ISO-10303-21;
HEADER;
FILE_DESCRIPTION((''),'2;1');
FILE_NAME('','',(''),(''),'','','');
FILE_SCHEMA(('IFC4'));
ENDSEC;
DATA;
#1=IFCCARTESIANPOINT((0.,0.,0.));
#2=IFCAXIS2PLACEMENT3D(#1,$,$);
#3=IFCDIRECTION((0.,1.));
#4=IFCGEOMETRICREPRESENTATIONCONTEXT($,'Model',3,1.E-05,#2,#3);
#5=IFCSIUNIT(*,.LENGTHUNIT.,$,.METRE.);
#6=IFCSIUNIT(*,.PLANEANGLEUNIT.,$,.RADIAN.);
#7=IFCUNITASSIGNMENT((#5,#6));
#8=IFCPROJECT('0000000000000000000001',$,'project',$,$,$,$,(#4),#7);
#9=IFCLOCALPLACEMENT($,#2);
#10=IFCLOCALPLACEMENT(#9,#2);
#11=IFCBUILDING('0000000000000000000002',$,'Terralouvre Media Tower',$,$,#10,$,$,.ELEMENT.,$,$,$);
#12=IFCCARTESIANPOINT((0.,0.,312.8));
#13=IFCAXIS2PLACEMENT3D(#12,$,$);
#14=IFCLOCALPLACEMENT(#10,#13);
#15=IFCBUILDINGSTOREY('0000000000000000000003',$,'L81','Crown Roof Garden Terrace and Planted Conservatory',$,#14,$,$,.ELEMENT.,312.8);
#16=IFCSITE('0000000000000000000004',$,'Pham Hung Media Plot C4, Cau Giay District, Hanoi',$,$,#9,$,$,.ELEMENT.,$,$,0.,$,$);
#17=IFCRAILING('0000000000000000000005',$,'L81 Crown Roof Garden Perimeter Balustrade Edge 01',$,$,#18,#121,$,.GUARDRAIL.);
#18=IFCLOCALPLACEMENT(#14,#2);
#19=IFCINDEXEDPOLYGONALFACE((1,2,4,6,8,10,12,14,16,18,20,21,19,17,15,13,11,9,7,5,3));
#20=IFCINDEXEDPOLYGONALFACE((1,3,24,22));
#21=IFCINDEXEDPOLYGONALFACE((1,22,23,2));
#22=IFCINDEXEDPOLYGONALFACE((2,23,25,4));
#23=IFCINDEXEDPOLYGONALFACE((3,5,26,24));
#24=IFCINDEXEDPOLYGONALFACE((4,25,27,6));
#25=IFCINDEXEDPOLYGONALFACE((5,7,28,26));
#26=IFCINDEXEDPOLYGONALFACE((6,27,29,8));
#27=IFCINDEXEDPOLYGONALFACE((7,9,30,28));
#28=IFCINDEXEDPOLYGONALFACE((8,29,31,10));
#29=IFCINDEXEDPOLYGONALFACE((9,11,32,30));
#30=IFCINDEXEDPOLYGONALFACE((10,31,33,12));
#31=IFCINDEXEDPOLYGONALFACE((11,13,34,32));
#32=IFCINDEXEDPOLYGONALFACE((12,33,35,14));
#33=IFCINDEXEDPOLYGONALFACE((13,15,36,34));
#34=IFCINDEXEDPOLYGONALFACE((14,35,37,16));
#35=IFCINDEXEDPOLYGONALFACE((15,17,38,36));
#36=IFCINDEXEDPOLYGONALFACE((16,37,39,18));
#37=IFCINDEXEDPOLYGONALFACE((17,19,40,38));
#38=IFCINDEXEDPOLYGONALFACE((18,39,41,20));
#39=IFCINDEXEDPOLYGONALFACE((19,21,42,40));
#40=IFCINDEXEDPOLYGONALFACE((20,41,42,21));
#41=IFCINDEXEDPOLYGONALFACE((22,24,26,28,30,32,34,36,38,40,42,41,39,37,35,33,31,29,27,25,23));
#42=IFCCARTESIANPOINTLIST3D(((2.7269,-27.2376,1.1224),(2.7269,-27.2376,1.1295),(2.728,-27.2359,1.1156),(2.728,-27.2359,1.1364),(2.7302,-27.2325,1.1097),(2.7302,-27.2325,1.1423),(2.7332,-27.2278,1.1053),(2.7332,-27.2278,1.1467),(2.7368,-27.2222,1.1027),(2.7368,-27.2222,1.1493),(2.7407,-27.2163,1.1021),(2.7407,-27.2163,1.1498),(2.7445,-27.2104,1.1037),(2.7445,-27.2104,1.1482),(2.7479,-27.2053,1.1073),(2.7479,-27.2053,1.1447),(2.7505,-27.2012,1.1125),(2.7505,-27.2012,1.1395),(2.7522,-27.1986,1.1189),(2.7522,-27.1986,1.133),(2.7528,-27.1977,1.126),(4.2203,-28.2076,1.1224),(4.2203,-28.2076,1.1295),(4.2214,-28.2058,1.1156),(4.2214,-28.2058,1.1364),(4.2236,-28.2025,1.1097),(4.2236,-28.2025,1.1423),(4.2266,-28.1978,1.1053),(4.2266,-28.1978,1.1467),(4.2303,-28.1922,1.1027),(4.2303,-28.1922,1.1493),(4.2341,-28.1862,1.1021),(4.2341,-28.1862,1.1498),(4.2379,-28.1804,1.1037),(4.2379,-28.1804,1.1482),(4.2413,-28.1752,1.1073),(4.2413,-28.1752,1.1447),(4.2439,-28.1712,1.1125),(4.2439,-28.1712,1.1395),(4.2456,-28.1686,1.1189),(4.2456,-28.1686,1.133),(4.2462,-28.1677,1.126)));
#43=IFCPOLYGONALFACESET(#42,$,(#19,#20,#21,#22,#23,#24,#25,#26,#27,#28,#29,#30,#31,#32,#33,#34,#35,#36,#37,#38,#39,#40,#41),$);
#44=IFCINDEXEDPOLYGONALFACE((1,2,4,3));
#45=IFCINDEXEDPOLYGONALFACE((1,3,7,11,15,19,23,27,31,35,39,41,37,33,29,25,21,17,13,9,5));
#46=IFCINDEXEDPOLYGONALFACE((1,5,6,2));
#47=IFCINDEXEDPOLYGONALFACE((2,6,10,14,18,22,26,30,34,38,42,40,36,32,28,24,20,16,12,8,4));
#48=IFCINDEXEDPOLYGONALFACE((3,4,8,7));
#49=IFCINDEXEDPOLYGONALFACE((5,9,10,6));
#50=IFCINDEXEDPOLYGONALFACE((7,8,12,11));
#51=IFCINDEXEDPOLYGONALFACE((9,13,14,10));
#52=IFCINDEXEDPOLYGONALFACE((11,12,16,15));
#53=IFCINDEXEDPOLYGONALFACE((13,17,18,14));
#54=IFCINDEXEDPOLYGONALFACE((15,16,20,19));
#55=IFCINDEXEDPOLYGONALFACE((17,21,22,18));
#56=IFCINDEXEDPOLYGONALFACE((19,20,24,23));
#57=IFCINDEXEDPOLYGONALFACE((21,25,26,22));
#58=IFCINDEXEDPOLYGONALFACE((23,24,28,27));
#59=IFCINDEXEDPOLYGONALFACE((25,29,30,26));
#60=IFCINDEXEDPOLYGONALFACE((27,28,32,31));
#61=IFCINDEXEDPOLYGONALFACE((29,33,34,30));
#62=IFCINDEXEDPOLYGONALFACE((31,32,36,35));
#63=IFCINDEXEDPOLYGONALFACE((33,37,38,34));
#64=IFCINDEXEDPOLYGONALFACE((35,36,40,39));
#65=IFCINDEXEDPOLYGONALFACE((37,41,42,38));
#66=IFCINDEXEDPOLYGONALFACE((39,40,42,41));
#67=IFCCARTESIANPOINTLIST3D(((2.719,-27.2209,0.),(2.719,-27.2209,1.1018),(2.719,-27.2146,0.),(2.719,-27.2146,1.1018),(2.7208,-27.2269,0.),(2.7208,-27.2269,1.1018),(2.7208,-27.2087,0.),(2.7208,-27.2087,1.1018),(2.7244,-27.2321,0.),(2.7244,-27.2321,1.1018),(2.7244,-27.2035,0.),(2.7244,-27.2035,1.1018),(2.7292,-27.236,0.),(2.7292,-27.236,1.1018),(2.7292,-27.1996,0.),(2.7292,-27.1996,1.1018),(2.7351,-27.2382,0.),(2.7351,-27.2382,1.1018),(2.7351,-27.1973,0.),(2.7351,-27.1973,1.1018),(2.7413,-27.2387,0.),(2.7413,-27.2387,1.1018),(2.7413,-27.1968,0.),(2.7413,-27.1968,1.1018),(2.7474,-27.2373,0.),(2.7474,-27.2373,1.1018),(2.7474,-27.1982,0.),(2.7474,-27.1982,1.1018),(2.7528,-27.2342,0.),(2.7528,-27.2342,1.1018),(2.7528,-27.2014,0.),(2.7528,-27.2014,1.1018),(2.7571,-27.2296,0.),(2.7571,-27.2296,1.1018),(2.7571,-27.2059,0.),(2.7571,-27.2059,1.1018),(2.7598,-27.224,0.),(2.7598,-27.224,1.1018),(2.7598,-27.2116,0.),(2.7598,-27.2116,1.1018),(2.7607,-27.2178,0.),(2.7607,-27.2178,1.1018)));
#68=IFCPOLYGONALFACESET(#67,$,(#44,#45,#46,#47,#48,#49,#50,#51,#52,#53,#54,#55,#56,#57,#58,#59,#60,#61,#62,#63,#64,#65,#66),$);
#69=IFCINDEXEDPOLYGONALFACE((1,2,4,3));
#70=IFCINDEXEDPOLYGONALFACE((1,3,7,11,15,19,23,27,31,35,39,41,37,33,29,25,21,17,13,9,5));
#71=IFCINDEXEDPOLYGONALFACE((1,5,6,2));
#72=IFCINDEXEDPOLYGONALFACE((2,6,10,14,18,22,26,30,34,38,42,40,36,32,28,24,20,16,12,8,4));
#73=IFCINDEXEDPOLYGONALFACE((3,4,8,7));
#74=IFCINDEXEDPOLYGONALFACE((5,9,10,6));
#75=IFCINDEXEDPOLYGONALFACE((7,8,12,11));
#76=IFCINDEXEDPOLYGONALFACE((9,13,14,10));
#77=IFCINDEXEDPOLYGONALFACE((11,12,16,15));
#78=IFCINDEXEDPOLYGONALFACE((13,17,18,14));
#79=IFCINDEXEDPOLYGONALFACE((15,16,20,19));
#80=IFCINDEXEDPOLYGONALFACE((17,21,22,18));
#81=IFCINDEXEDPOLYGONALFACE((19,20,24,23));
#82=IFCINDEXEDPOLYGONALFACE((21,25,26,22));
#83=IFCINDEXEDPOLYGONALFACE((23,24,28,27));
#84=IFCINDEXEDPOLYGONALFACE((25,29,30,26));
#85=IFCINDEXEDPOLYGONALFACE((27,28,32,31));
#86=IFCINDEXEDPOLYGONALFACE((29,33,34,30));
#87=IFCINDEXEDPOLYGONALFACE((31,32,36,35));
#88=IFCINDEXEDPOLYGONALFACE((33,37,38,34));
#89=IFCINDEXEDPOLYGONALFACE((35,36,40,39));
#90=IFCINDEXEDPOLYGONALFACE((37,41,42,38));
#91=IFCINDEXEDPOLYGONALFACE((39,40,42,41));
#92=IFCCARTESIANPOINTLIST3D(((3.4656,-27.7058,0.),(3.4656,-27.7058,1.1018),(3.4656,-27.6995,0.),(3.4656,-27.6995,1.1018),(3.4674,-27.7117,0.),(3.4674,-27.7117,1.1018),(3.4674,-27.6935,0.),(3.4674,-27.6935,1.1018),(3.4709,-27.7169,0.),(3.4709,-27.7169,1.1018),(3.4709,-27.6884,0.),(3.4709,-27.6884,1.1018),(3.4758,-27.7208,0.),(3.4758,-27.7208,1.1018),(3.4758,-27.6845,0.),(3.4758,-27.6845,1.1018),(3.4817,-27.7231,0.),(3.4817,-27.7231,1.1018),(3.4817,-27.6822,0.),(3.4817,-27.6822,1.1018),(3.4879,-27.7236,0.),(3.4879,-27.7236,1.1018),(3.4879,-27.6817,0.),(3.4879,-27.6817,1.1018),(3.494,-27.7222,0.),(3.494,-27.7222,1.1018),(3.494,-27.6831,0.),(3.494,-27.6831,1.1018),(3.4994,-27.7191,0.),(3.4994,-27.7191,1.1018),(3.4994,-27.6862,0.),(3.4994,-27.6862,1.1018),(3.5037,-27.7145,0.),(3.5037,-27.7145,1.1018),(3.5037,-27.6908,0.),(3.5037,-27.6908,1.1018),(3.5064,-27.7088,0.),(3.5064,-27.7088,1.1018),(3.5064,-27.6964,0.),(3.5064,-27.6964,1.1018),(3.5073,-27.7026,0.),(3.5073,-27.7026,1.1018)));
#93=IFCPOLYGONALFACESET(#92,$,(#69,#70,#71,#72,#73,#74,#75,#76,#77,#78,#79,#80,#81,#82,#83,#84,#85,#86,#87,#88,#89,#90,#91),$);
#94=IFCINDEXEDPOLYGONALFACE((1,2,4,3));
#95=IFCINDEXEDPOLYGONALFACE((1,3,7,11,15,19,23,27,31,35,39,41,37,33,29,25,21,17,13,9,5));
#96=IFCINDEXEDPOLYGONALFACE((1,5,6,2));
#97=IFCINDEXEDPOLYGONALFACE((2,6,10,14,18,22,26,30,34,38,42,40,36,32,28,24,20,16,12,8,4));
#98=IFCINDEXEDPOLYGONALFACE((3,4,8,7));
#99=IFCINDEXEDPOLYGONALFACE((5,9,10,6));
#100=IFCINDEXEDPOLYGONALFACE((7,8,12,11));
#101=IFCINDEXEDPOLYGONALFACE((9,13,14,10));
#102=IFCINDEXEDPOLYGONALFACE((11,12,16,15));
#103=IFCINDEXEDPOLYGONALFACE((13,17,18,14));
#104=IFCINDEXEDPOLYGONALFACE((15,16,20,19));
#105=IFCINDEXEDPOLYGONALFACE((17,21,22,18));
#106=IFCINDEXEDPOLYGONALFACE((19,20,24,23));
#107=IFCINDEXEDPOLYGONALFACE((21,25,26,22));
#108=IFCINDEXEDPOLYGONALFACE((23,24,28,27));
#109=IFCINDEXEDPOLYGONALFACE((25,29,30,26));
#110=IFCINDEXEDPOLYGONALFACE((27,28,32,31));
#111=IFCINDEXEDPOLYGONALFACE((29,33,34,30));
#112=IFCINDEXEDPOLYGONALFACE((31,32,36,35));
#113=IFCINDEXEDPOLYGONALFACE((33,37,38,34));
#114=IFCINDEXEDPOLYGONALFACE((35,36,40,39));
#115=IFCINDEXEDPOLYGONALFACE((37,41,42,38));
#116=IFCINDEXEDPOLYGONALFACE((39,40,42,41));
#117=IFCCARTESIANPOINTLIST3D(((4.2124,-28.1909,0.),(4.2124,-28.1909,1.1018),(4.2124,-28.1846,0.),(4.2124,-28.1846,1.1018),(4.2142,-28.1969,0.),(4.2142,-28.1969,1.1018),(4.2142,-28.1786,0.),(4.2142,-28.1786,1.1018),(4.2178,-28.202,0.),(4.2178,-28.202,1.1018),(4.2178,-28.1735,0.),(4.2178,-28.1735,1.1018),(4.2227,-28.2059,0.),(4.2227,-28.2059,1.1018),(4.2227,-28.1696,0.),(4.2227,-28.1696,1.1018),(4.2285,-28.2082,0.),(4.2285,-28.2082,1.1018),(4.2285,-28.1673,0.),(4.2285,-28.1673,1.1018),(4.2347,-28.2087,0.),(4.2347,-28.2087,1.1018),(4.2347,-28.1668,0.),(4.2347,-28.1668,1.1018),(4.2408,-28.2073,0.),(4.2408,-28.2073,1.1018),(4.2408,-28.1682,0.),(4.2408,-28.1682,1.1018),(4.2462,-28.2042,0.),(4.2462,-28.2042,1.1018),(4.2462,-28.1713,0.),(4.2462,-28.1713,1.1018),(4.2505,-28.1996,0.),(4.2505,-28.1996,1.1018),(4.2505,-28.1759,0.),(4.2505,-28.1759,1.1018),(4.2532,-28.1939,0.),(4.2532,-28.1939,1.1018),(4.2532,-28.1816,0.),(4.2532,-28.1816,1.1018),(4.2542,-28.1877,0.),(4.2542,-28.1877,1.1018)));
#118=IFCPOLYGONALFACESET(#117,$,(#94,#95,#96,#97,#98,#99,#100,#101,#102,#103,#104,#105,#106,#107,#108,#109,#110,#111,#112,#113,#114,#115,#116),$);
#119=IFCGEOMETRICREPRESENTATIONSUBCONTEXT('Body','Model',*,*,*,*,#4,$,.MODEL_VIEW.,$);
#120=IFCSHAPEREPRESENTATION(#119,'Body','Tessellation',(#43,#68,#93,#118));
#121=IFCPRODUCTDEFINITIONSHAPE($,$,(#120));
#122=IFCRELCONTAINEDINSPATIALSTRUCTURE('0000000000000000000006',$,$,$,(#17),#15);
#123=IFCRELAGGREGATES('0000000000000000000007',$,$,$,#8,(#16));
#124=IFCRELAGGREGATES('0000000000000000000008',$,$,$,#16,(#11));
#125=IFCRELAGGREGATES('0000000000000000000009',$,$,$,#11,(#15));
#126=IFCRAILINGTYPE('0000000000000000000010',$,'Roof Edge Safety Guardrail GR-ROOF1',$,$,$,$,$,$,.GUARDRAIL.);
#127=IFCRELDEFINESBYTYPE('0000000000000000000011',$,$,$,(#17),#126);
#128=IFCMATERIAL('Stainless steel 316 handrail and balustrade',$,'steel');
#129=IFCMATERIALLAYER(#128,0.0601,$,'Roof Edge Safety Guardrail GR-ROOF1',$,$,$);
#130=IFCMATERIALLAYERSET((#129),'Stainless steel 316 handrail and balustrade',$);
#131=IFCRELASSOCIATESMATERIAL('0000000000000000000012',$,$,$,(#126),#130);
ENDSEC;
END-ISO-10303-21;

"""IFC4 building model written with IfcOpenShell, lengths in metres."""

from ifc_helpers import new_model, si_unit, direction, frame, origin, origin_2d, place, context, subcontext, project, spatial, circle, extrude, material, layer, layer_set, type_object, element, save


model = new_model("IFC4")

# Units and contexts
model_context = context("Model", 3, precision=1e-05, world=origin(), true_north=direction((0.0, 1.0)))
body_context = subcontext(model_context, "Body", "Model", "MODEL_VIEW")
ifc_project = project(units=[si_unit("LENGTHUNIT", "METRE"), si_unit("PLANEANGLEUNIT", "RADIAN")], contexts=[model_context])

# Site, building, storey
site_placement = place(None, origin())
site = spatial("IfcSite", under=ifc_project, at=site_placement, Name="Pham Hung Media Plot C4, Cau Giay District, Hanoi", CompositionType="ELEMENT", RefElevation=0.0)
building_placement = place(site_placement, origin())
building = spatial("IfcBuilding", under=site, at=building_placement, Name="Terralouvre Media Tower", CompositionType="ELEMENT")
storey_placement = place(building_placement, frame((0.0, 0.0, 312.8)))
storey = spatial("IfcBuildingStorey", under=building, at=storey_placement, Name="L81", Description="Crown Roof Garden Terrace and Planted Conservatory", CompositionType="ELEMENT", Elevation=312.8)

# Railing
ifc_material_1 = material(Name="Stainless steel 316 handrail and balustrade", Category="steel")
ifc_layer_1 = layer(ifc_material_1, 0.0601, Name="Roof Edge Safety Guardrail GR-ROOF1")
ifc_layer_set_1 = layer_set([ifc_layer_1], Name="Stainless steel 316 handrail and balustrade")
railing_type = type_object("IfcRailingType", Name="Roof Edge Safety Guardrail GR-ROOF1", PredefinedType="GUARDRAIL", material=ifc_layer_set_1)
railing_1_placement = place(storey_placement, frame((2.7397, -27.2178, 0.0)))
element("IfcRailing", 1, at=railing_1_placement, inside=storey, type_object=railing_type, Name="L81 Crown Roof Garden Perimeter Balustrade Edge 01", PredefinedType="GUARDRAIL", context=body_context, shape_type="SweptSolid", body=[
    extrude(circle(Radius=0.0239, at=origin_2d()), frame((0.0, 0.0, 1.126), z_axis=(0.838635, -0.544694, 0.0), x_axis=(0.544694, 0.838635, 0.0)), (0.0, 0.0, 1.0), 1.7808),
    extrude(circle(Radius=0.021, at=origin_2d()), origin(), (0.0, 0.0, 1.0), 1.1018),
    extrude(circle(Radius=0.021, at=origin_2d()), frame((0.7466, -0.4849, 0.0)), (0.0, 0.0, 1.0), 1.1018),
    extrude(circle(Radius=0.021, at=origin_2d()), frame((1.4934, -0.97, 0.0)), (0.0, 0.0, 1.0), 1.1018),
])

save(model, "model.ifc")
